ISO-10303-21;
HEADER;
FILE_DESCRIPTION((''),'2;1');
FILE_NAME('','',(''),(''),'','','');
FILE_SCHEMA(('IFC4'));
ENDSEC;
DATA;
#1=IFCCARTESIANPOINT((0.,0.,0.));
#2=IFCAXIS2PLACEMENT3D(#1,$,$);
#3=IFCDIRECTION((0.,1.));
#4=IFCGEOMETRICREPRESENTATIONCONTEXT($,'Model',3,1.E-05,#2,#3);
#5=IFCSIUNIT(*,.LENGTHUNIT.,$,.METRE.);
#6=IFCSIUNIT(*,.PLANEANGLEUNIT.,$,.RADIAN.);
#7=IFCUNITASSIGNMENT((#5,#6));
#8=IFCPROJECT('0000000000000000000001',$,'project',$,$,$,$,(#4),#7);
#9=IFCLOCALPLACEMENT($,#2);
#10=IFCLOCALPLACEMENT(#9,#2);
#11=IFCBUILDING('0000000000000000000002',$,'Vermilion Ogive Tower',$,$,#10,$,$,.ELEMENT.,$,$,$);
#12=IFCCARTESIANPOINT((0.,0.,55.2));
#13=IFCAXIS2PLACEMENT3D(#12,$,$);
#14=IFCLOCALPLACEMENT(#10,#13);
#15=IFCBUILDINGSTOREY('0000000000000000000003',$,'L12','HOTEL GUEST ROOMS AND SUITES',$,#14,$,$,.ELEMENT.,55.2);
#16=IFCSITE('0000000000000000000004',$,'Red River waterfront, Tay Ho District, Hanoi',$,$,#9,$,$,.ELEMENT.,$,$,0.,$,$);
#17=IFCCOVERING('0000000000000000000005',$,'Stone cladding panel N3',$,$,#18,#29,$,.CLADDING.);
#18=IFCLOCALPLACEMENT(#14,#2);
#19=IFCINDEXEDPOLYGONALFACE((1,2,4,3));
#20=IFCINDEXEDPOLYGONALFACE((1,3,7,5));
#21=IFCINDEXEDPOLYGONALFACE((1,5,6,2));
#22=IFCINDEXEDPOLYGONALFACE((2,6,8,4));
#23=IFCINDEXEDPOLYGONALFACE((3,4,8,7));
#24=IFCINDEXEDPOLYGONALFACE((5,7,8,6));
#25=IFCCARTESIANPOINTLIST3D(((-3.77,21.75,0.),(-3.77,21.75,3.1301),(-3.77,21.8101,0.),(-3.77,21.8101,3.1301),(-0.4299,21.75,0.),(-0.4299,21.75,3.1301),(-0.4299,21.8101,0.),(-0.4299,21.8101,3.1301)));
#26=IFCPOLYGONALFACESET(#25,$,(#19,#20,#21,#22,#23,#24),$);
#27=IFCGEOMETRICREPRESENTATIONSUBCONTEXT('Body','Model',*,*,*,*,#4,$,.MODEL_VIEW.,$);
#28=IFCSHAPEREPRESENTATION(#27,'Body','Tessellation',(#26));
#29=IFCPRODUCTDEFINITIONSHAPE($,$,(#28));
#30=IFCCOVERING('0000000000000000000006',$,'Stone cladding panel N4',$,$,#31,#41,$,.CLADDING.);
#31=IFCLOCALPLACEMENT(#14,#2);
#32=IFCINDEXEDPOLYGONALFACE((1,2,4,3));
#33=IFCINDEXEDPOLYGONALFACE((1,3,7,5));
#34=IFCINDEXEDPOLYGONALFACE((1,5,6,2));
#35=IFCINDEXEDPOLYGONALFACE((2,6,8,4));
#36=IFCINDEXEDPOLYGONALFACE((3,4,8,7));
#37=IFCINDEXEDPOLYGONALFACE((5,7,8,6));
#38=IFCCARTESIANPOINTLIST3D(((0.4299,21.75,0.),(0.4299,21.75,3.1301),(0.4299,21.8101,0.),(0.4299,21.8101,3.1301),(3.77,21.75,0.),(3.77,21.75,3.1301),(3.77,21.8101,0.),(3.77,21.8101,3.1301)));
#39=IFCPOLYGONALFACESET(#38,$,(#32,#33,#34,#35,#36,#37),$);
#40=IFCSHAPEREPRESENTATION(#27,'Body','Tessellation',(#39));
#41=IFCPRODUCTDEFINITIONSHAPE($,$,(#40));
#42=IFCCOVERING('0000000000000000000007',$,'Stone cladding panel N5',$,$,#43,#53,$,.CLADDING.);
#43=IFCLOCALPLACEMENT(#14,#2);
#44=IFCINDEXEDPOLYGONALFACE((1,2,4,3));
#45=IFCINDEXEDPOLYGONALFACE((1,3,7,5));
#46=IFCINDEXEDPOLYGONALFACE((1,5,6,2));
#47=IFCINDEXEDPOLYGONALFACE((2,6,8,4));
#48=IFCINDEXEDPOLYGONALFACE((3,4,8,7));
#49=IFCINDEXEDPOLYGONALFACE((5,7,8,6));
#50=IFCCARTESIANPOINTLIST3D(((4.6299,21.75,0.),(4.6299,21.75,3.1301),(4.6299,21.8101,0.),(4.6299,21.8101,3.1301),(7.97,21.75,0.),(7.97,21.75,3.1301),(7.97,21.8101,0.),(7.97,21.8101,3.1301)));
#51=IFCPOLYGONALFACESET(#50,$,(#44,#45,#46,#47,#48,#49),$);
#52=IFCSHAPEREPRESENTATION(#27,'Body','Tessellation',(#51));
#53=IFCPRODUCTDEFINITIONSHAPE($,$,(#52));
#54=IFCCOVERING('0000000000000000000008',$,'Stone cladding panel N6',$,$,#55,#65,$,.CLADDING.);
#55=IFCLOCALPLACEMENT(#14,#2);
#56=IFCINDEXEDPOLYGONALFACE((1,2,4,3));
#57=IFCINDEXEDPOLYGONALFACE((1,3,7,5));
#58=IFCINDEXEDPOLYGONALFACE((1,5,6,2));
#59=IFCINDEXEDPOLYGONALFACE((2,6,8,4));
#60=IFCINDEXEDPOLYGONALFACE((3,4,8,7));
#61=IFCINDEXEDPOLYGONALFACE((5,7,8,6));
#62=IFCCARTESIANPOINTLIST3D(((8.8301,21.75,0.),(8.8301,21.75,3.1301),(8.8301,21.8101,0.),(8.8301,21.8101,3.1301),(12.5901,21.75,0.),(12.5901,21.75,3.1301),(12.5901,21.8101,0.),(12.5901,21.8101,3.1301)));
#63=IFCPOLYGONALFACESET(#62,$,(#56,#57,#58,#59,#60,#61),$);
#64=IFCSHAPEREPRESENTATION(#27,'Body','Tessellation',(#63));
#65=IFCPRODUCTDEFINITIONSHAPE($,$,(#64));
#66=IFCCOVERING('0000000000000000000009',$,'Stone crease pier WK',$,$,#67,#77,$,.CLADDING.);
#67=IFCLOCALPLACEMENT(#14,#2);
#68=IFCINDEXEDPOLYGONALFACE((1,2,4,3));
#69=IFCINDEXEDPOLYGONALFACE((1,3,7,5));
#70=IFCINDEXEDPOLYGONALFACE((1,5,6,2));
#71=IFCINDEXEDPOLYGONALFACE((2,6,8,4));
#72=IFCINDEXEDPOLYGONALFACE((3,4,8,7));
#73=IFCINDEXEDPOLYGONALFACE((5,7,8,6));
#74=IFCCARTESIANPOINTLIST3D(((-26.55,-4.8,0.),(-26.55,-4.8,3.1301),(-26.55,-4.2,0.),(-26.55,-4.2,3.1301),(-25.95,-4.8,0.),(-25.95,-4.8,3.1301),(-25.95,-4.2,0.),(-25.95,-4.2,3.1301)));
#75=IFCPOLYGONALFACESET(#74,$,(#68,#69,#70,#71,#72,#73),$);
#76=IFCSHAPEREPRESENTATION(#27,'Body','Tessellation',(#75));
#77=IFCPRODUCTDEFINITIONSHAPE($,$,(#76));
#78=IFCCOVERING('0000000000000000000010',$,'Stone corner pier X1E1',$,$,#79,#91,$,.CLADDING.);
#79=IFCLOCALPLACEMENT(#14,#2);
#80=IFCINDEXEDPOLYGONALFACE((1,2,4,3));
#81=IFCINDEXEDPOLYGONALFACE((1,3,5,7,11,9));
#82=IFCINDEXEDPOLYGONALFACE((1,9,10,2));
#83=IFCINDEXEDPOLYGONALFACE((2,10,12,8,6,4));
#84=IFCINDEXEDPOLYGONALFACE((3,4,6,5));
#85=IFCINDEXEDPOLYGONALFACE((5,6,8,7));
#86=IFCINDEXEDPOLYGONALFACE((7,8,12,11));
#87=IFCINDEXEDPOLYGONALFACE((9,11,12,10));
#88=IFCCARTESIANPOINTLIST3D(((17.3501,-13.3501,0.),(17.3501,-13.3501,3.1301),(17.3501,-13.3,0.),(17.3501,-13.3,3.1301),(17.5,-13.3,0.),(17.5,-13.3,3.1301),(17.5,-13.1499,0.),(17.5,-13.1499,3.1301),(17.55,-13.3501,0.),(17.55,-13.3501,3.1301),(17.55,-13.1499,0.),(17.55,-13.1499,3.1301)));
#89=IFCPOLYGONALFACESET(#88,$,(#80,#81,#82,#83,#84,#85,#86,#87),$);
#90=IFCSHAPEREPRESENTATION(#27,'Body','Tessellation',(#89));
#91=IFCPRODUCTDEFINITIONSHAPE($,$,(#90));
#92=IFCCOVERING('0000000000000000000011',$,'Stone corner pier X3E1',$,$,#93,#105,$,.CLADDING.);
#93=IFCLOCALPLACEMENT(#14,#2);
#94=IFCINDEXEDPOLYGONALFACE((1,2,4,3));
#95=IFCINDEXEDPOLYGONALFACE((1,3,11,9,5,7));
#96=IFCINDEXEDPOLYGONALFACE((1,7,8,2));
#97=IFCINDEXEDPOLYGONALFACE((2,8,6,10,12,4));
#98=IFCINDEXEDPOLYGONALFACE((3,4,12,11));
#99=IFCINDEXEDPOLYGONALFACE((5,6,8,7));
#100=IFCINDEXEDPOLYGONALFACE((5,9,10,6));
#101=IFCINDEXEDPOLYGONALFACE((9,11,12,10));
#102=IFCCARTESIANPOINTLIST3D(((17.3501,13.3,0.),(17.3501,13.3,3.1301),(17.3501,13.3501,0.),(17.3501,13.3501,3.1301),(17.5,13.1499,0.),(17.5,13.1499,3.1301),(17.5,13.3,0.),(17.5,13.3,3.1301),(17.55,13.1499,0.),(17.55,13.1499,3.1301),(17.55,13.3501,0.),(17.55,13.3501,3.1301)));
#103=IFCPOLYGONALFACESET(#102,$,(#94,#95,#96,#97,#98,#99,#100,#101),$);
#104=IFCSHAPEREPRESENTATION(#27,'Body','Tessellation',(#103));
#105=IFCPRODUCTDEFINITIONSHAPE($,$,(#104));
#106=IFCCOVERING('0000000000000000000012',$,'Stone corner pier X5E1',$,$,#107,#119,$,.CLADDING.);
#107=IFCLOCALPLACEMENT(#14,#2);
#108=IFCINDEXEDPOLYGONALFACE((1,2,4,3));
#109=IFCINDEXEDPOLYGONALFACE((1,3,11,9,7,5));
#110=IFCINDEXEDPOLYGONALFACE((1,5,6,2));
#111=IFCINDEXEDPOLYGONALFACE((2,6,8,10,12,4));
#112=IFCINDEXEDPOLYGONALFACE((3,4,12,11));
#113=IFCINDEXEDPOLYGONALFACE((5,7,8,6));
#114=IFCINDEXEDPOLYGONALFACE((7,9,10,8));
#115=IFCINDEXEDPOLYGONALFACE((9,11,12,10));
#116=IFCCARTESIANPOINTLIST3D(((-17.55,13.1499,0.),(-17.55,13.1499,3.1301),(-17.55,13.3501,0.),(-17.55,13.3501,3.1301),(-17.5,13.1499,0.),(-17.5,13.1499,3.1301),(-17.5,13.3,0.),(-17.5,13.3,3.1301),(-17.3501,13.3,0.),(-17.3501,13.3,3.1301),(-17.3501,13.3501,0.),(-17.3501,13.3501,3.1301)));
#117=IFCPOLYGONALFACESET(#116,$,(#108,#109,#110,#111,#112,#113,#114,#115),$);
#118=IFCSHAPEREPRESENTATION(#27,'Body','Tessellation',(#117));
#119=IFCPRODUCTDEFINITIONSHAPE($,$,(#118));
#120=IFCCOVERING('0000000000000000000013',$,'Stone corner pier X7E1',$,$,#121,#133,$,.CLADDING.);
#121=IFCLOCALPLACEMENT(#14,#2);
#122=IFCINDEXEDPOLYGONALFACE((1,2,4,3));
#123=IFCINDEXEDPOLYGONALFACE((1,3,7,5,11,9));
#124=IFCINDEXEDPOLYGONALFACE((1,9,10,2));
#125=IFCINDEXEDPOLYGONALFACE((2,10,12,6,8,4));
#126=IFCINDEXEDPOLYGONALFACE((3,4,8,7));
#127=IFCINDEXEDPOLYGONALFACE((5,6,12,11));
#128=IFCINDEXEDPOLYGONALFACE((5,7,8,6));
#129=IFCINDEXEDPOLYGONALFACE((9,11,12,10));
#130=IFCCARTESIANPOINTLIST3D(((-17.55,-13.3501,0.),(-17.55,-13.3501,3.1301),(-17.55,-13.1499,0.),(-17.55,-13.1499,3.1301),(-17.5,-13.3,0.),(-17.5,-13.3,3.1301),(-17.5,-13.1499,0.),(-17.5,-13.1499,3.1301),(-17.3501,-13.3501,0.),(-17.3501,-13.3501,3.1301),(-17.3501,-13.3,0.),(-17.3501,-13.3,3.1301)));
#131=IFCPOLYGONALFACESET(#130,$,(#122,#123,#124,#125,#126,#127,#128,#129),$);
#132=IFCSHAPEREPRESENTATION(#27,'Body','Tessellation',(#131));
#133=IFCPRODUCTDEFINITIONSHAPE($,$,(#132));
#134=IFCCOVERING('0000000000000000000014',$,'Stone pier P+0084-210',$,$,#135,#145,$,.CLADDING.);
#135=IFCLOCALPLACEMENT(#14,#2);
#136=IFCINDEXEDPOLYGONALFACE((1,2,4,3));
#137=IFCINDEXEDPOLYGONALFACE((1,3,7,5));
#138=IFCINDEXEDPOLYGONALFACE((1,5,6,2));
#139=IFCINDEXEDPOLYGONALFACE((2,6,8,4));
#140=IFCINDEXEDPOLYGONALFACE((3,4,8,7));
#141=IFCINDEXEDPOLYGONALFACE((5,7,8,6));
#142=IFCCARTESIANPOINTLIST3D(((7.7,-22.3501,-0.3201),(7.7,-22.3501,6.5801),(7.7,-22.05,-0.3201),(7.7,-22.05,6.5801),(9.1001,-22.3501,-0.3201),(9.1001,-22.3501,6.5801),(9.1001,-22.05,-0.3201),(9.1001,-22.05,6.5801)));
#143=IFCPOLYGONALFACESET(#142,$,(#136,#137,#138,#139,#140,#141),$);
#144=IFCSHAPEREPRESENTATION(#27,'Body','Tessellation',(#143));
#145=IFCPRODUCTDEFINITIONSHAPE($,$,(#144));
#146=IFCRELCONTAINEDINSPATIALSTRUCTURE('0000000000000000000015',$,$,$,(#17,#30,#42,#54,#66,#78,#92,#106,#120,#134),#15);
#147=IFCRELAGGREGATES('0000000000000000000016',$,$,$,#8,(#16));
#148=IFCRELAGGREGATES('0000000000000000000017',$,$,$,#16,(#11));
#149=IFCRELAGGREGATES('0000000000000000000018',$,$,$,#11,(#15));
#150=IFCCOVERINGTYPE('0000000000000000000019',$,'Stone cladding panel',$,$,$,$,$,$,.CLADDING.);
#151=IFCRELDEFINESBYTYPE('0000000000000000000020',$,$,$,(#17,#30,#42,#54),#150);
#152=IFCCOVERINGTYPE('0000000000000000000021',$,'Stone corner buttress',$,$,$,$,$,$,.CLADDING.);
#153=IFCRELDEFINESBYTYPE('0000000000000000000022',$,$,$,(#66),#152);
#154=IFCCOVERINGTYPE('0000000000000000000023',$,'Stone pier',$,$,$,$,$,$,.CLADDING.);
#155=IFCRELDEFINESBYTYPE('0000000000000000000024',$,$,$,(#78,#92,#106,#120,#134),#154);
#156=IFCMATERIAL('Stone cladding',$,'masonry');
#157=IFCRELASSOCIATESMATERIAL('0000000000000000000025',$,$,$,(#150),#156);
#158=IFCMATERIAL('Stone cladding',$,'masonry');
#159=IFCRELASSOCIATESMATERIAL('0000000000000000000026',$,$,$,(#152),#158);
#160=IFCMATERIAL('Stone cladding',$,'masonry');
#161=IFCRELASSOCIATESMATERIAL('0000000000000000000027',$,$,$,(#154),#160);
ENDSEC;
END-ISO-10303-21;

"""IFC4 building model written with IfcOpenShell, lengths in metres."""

from ifc_helpers import new_model, si_unit, direction, frame, origin, place, context, subcontext, project, spatial, polyline, outline, extrude, material, type_object, element, save


model = new_model("IFC4")

# Units and contexts
model_context = context("Model", 3, precision=1e-05, world=origin(), true_north=direction((0.0, 1.0)))
body_context = subcontext(model_context, "Body", "Model", "MODEL_VIEW")
ifc_project = project(units=[si_unit("LENGTHUNIT", "METRE"), si_unit("PLANEANGLEUNIT", "RADIAN")], contexts=[model_context])

# Site, building, storey
site_placement = place(None, origin())
site = spatial("IfcSite", under=ifc_project, at=site_placement, Name="Red River waterfront, Tay Ho District, Hanoi", CompositionType="ELEMENT", RefElevation=0.0)
building_placement = place(site_placement, origin())
building = spatial("IfcBuilding", under=site, at=building_placement, Name="Vermilion Ogive Tower", CompositionType="ELEMENT")
storey_placement = place(building_placement, frame((0.0, 0.0, 55.2)))
storey = spatial("IfcBuildingStorey", under=building, at=storey_placement, Name="L12", Description="HOTEL GUEST ROOMS AND SUITES", CompositionType="ELEMENT", Elevation=55.2)

# Coverings
ifc_material_1 = material(Name="Stone cladding", Category="masonry")
covering_type_1 = type_object("IfcCoveringType", Name="Stone cladding panel", PredefinedType="CLADDING", material=ifc_material_1)
covering_1_placement = place(storey_placement, origin())
element("IfcCovering", 1, at=covering_1_placement, inside=storey, type_object=covering_type_1, Name="Stone cladding panel N3", PredefinedType="CLADDING", context=body_context, shape_type="SweptSolid", body=[
    extrude(outline(polyline([(-3.77, 21.75), (-0.4299, 21.75), (-0.4299, 21.8101), (-3.77, 21.8101), (-3.77, 21.75)])), origin(), (0.0, 0.0, 1.0), 3.1301),
])
covering_2_placement = place(storey_placement, origin())
element("IfcCovering", 2, at=covering_2_placement, inside=storey, type_object=covering_type_1, Name="Stone cladding panel N4", PredefinedType="CLADDING", context=body_context, shape_type="SweptSolid", body=[
    extrude(outline(polyline([(0.4299, 21.75), (3.77, 21.75), (3.77, 21.8101), (0.4299, 21.8101), (0.4299, 21.75)])), origin(), (0.0, 0.0, 1.0), 3.1301),
])
covering_3_placement = place(storey_placement, origin())
element("IfcCovering", 3, at=covering_3_placement, inside=storey, type_object=covering_type_1, Name="Stone cladding panel N5", PredefinedType="CLADDING", context=body_context, shape_type="SweptSolid", body=[
    extrude(outline(polyline([(4.6299, 21.75), (7.97, 21.75), (7.97, 21.8101), (4.6299, 21.8101), (4.6299, 21.75)])), origin(), (0.0, 0.0, 1.0), 3.1301),
])
covering_4_placement = place(storey_placement, origin())
element("IfcCovering", 4, at=covering_4_placement, inside=storey, type_object=covering_type_1, Name="Stone cladding panel N6", PredefinedType="CLADDING", context=body_context, shape_type="SweptSolid", body=[
    extrude(outline(polyline([(8.8301, 21.75), (12.5901, 21.75), (12.5901, 21.8101), (8.8301, 21.8101), (8.8301, 21.75)])), origin(), (0.0, 0.0, 1.0), 3.1301),
])
ifc_material_2 = material(Name="Stone cladding", Category="masonry")
covering_type_2 = type_object("IfcCoveringType", Name="Stone corner buttress", PredefinedType="CLADDING", material=ifc_material_2)
covering_5_placement = place(storey_placement, origin())
element("IfcCovering", 5, at=covering_5_placement, inside=storey, type_object=covering_type_2, Name="Stone crease pier WK", PredefinedType="CLADDING", context=body_context, shape_type="SweptSolid", body=[
    extrude(outline(polyline([(-26.55, -4.2), (-26.55, -4.8), (-25.95, -4.8), (-25.95, -4.2), (-26.55, -4.2)])), origin(), (0.0, 0.0, 1.0), 3.1301),
])
ifc_material_3 = material(Name="Stone cladding", Category="masonry")
covering_type_3 = type_object("IfcCoveringType", Name="Stone pier", PredefinedType="CLADDING", material=ifc_material_3)
covering_6_placement = place(storey_placement, origin())
element("IfcCovering", 6, at=covering_6_placement, inside=storey, type_object=covering_type_3, Name="Stone corner pier X1E1", PredefinedType="CLADDING", context=body_context, shape_type="SweptSolid", body=[
    extrude(outline(polyline([(17.3501, -13.3), (17.5, -13.3), (17.5, -13.1499), (17.55, -13.1499), (17.55, -13.3501), (17.3501, -13.3501), (17.3501, -13.3)])), origin(), (0.0, 0.0, 1.0), 3.1301),
])
covering_7_placement = place(storey_placement, origin())
element("IfcCovering", 7, at=covering_7_placement, inside=storey, type_object=covering_type_3, Name="Stone corner pier X3E1", PredefinedType="CLADDING", context=body_context, shape_type="SweptSolid", body=[
    extrude(outline(polyline([(17.5, 13.1499), (17.5, 13.3), (17.3501, 13.3), (17.3501, 13.3501), (17.55, 13.3501), (17.55, 13.1499), (17.5, 13.1499)])), origin(), (0.0, 0.0, 1.0), 3.1301),
])
covering_8_placement = place(storey_placement, origin())
element("IfcCovering", 8, at=covering_8_placement, inside=storey, type_object=covering_type_3, Name="Stone corner pier X5E1", PredefinedType="CLADDING", context=body_context, shape_type="SweptSolid", body=[
    extrude(outline(polyline([(-17.3501, 13.3), (-17.5, 13.3), (-17.5, 13.1499), (-17.55, 13.1499), (-17.55, 13.3501), (-17.3501, 13.3501), (-17.3501, 13.3)])), origin(), (0.0, 0.0, 1.0), 3.1301),
])
covering_9_placement = place(storey_placement, origin())
element("IfcCovering", 9, at=covering_9_placement, inside=storey, type_object=covering_type_3, Name="Stone corner pier X7E1", PredefinedType="CLADDING", context=body_context, shape_type="SweptSolid", body=[
    extrude(outline(polyline([(-17.5, -13.1499), (-17.5, -13.3), (-17.3501, -13.3), (-17.3501, -13.3501), (-17.55, -13.3501), (-17.55, -13.1499), (-17.5, -13.1499)])), origin(), (0.0, 0.0, 1.0), 3.1301),
])
covering_10_placement = place(storey_placement, frame((0.0, 0.0, -0.3201)))
element("IfcCovering", 10, at=covering_10_placement, inside=storey, type_object=covering_type_3, Name="Stone pier P+0084-210", PredefinedType="CLADDING", context=body_context, shape_type="SweptSolid", body=[
    extrude(outline(polyline([(9.1001, -22.3501), (7.7, -22.3501), (7.7, -22.05), (9.1001, -22.05), (9.1001, -22.3501)])), origin(), (0.0, 0.0, 1.0), 6.9001),
])

save(model, "model.ifc")
